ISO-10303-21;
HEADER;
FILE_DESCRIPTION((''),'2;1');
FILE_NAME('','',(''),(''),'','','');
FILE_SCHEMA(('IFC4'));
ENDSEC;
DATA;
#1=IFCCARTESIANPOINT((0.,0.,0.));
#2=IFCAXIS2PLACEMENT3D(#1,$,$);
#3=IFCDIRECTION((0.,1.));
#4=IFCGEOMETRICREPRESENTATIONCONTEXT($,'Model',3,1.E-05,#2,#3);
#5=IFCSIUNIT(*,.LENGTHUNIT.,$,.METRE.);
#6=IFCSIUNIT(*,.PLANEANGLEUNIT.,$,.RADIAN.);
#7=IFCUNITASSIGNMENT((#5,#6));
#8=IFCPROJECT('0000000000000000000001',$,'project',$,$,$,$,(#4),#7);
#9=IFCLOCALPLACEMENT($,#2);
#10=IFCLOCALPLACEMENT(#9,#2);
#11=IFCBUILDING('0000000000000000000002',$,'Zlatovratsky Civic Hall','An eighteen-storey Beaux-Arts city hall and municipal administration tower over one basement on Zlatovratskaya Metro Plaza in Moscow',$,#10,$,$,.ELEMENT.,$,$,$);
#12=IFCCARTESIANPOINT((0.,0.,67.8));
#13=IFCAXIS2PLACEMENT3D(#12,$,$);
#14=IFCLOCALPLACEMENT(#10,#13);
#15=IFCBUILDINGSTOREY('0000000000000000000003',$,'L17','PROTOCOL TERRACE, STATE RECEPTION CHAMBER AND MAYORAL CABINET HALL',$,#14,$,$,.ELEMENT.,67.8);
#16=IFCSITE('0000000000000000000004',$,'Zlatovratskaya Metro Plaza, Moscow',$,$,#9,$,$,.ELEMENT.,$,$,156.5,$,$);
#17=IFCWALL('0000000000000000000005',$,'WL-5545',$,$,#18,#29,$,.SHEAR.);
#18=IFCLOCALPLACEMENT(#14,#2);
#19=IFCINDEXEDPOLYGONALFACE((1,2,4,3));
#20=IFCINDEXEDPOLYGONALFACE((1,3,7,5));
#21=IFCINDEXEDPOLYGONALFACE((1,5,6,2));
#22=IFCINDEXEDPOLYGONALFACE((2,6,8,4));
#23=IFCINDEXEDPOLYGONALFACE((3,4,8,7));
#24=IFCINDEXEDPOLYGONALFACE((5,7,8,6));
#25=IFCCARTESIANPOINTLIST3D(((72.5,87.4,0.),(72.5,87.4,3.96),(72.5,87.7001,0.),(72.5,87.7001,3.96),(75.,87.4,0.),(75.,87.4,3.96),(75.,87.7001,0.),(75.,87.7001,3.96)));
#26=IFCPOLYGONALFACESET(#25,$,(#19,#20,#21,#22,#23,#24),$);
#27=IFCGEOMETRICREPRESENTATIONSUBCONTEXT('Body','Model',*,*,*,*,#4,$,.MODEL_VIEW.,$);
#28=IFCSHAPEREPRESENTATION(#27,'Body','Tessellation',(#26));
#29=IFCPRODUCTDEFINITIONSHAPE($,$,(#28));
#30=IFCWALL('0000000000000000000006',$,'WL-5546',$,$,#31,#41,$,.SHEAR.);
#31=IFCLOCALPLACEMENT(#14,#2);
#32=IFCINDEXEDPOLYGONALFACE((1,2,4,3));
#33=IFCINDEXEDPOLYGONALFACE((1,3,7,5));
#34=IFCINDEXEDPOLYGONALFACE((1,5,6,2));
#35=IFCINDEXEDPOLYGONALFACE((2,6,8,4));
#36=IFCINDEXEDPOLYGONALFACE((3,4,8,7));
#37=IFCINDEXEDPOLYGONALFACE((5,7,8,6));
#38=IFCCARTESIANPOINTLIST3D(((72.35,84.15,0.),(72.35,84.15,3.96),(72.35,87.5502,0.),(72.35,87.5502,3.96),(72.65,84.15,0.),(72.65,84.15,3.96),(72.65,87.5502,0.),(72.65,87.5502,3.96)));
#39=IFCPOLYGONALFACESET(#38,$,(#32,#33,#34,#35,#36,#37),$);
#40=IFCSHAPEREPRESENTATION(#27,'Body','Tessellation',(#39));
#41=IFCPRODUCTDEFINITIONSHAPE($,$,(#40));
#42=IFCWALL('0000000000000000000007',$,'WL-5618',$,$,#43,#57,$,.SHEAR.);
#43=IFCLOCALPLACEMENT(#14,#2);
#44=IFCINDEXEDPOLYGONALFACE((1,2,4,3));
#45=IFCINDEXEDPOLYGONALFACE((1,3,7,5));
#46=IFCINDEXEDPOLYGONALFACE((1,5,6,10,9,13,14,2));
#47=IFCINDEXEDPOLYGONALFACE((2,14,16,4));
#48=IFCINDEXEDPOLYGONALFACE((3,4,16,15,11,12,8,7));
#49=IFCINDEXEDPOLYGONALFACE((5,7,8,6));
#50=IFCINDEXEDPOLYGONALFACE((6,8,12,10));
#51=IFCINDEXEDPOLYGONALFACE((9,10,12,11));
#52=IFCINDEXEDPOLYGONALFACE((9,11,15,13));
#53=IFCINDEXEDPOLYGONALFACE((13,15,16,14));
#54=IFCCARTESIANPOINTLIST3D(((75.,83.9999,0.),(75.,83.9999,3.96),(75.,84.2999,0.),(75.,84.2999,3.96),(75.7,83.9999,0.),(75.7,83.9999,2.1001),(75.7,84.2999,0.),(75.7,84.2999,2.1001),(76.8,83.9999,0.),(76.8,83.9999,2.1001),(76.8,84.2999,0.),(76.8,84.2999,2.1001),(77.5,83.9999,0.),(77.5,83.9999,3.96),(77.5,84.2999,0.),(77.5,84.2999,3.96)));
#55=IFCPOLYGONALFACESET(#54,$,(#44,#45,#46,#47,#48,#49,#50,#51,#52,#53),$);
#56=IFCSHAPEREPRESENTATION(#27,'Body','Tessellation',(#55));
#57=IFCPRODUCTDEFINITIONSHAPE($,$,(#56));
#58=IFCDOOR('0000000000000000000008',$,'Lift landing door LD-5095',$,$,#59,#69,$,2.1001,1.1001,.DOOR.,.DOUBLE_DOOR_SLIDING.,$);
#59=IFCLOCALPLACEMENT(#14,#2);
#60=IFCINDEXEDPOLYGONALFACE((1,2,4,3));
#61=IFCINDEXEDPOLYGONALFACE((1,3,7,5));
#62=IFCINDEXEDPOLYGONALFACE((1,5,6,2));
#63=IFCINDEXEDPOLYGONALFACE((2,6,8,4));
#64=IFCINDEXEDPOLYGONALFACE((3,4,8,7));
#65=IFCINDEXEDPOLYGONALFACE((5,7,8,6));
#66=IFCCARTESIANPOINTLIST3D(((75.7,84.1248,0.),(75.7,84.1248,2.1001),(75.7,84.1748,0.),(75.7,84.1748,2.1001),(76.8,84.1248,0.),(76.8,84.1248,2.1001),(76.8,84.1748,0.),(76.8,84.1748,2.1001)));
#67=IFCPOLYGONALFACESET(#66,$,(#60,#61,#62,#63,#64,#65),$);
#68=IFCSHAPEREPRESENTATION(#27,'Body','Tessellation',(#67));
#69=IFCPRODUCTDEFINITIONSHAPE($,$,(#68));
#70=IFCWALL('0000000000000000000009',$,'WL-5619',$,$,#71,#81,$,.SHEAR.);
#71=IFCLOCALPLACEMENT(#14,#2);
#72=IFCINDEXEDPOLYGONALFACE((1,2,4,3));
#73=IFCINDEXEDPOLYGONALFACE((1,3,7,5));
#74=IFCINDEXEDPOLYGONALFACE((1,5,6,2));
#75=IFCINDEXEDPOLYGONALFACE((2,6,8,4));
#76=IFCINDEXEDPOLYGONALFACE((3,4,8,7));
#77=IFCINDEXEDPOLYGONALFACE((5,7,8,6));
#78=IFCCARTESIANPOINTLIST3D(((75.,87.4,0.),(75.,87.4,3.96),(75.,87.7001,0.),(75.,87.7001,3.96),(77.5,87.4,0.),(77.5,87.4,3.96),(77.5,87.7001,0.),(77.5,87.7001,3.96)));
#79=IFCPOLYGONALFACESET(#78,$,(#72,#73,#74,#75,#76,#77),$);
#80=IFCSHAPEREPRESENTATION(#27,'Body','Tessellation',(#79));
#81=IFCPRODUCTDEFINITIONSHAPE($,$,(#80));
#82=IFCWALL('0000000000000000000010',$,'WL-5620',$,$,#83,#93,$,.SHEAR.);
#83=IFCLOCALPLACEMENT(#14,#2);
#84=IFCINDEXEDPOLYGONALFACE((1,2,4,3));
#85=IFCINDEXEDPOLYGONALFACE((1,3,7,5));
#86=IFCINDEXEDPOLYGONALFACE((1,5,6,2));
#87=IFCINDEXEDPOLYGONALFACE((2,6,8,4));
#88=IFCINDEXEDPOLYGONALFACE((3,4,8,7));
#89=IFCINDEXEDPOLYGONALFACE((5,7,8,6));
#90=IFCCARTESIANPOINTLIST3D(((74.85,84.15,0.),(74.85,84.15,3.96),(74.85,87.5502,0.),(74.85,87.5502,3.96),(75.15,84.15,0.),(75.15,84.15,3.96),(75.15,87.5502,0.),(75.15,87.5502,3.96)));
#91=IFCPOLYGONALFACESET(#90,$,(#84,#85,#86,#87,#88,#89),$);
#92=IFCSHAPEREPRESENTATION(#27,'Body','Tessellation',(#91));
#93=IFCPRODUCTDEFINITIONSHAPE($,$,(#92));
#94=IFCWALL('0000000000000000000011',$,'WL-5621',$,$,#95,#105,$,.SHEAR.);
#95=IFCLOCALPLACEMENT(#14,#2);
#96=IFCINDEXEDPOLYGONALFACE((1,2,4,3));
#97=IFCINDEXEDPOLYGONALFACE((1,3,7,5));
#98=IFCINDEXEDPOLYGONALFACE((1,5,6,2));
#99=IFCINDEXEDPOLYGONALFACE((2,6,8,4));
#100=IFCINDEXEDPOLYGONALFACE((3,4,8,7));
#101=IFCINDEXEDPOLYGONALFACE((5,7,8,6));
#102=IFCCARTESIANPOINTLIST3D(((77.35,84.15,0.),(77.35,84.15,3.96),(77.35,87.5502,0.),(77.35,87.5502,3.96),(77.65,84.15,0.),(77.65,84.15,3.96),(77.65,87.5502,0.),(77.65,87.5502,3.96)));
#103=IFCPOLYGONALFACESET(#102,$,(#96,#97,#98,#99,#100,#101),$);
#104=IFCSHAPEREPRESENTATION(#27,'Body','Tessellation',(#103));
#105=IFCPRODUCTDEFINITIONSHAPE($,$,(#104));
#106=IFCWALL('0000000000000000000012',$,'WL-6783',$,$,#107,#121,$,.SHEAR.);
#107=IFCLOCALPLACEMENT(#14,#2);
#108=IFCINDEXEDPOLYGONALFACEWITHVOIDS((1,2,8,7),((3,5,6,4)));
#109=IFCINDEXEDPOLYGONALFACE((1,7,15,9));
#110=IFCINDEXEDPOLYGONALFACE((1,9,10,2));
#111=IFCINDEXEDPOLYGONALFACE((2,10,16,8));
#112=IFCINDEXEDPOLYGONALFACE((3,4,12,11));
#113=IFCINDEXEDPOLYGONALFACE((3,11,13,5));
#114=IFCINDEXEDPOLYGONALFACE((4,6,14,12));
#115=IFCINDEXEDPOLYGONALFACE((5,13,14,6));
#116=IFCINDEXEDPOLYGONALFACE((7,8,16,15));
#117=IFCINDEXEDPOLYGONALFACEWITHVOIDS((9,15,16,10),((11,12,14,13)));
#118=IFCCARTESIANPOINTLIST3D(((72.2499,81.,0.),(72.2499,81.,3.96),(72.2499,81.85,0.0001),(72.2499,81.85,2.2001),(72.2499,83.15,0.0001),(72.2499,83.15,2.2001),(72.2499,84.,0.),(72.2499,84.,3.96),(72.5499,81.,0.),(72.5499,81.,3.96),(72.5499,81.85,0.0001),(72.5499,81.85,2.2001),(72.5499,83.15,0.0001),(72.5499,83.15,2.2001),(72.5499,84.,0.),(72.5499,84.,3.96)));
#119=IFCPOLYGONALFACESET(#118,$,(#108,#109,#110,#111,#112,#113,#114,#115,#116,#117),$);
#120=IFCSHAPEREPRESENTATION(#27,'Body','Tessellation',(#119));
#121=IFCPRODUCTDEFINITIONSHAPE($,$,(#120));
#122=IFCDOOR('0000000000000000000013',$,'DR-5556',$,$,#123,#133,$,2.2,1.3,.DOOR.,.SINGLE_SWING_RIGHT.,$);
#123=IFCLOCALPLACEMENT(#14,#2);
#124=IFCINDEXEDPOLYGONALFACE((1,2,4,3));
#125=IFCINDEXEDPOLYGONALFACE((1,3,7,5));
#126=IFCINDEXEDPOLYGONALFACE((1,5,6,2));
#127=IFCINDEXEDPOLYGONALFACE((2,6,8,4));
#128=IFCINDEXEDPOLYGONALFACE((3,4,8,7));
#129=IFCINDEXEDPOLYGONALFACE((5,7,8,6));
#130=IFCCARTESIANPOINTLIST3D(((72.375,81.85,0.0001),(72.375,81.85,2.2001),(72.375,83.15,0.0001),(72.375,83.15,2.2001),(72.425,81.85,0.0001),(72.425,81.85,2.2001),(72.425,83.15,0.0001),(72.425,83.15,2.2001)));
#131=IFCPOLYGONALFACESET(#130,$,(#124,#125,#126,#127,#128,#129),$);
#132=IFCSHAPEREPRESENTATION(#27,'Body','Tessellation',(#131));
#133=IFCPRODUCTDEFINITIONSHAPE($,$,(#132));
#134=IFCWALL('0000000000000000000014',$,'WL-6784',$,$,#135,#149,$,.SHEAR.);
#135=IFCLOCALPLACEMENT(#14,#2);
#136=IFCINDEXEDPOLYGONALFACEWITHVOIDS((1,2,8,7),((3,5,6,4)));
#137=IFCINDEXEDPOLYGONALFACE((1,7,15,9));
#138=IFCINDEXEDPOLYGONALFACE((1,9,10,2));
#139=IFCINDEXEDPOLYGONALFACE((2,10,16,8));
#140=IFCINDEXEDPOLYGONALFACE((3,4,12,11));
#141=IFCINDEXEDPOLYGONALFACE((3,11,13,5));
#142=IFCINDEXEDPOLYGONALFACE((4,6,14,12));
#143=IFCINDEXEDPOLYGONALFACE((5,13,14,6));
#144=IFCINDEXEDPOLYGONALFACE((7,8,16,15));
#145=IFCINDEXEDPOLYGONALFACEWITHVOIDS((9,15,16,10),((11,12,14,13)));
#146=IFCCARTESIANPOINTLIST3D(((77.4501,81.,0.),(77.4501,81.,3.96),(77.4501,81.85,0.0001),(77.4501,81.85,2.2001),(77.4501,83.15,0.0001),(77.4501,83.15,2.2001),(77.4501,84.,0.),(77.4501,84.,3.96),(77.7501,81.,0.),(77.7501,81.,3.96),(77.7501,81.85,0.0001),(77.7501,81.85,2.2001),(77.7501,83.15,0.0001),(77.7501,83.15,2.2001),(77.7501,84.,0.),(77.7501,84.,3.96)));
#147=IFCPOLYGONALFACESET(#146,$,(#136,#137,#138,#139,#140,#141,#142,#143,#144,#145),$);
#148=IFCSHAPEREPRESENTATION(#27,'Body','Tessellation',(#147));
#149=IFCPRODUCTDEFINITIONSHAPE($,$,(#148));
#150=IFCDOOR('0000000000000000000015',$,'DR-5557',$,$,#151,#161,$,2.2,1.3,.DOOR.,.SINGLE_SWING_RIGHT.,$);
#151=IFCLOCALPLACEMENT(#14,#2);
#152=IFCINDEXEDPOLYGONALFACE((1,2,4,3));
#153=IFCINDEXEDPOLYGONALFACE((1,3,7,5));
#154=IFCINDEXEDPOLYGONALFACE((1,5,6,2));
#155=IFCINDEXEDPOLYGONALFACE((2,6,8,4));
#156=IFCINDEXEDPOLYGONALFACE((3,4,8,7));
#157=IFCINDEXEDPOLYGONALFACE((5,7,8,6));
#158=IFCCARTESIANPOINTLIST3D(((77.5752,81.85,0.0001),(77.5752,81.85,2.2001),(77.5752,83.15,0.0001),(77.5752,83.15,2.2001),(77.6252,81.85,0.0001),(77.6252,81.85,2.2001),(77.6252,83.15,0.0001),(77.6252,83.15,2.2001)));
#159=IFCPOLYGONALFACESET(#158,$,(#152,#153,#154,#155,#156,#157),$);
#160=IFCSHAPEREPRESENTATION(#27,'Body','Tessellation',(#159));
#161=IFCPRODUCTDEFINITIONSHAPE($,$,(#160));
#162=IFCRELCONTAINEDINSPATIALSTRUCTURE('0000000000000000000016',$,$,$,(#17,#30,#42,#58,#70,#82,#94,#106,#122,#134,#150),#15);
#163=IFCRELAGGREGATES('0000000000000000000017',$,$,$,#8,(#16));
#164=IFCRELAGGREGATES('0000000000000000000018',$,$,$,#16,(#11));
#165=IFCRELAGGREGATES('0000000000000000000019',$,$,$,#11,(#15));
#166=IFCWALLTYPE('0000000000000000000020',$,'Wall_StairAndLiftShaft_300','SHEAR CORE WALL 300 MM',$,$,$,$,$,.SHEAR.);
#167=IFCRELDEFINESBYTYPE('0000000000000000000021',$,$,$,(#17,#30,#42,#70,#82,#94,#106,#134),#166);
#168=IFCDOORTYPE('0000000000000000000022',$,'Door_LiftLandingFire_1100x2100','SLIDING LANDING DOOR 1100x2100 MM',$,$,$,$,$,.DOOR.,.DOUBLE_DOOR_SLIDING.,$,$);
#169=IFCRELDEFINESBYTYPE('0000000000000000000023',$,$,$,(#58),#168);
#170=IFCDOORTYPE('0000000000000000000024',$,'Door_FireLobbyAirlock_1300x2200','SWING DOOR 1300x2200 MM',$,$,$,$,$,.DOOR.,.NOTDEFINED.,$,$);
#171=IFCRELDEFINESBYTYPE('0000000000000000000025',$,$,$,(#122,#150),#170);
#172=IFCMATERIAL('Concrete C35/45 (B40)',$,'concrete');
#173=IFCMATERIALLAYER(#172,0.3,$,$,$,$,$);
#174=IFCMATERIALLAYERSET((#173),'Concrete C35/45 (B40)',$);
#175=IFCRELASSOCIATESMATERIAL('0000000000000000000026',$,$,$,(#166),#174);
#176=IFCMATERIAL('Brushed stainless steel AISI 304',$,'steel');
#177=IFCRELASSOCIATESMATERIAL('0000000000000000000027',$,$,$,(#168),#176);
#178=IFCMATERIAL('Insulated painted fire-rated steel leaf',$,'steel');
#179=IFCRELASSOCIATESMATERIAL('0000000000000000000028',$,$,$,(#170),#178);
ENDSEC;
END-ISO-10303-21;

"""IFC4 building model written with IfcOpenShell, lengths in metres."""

from ifc_helpers import new_model, si_unit, direction, frame, frame_2d, origin, place, context, subcontext, project, spatial, rectangle, extrude, material, layer, layer_set, type_object, element, fill, save


model = new_model("IFC4")

# Units and contexts
model_context = context("Model", 3, precision=1e-05, world=origin(), true_north=direction((0.0, 1.0)))
body_context = subcontext(model_context, "Body", "Model", "MODEL_VIEW")
ifc_project = project(units=[si_unit("LENGTHUNIT", "METRE"), si_unit("PLANEANGLEUNIT", "RADIAN")], contexts=[model_context])

# Site, building, storey
site_placement = place(None, origin())
site = spatial("IfcSite", under=ifc_project, at=site_placement, Name="Zlatovratskaya Metro Plaza, Moscow", CompositionType="ELEMENT", RefElevation=156.5)
building_placement = place(site_placement, origin())
building = spatial("IfcBuilding", under=site, at=building_placement, Name="Zlatovratsky Civic Hall", Description="An eighteen-storey Beaux-Arts city hall and municipal administration tower over one basement on Zlatovratskaya Metro Plaza in Moscow", CompositionType="ELEMENT")
storey_placement = place(building_placement, frame((0.0, 0.0, 67.8)))
storey = spatial("IfcBuildingStorey", under=building, at=storey_placement, Name="L17", Description="PROTOCOL TERRACE, STATE RECEPTION CHAMBER AND MAYORAL CABINET HALL", CompositionType="ELEMENT", Elevation=67.8)

# Shared definitions
ifc_material_1 = material(Name="Concrete C35/45 (B40)", Category="concrete")

# Shared definitions
ifc_layer_1 = layer(ifc_material_1, 0.3)
ifc_layer_set_1 = layer_set([ifc_layer_1], Name="Concrete C35/45 (B40)")
wall_type_1 = type_object("IfcWallType", Name="Wall_StairAndLiftShaft_300", Description="SHEAR CORE WALL 300 MM", PredefinedType="SHEAR", material=ifc_layer_set_1)
ifc_material_2 = material(Name="Brushed stainless steel AISI 304", Category="steel")
door_type_1 = type_object("IfcDoorType", Name="Door_LiftLandingFire_1100x2100", Description="SLIDING LANDING DOOR 1100x2100 MM", OperationType="DOUBLE_DOOR_SLIDING", PredefinedType="DOOR", material=ifc_material_2)

# Walls
wall_1_placement = place(storey_placement, frame((72.5, 87.55, 0.0), z_axis=(0.0, 0.0, 1.0), x_axis=(1.0, 0.0, 0.0)))
element("IfcWall", 1, at=wall_1_placement, inside=storey, type_object=wall_type_1, Name="WL-5545", PredefinedType="SHEAR", context=body_context, shape_type="SweptSolid", body=[
    extrude(rectangle(XDim=2.5, YDim=0.3, at=frame_2d((1.25, 0.0))), origin(), (0.0, 0.0, 1.0), 3.96),
])
wall_2_placement = place(storey_placement, frame((72.5, 84.1499, 0.0), z_axis=(0.0, 0.0, 1.0), x_axis=(0.0, 1.0, 0.0)))
element("IfcWall", 2, at=wall_2_placement, inside=storey, type_object=wall_type_1, Name="WL-5546", PredefinedType="SHEAR", context=body_context, shape_type="SweptSolid", body=[
    extrude(rectangle(XDim=3.4001, YDim=0.3, at=frame_2d((1.7002, 0.0))), origin(), (0.0, 0.0, 1.0), 3.96),
])

# Wall, opening, door
wall_3_placement = place(storey_placement, frame((75.0, 84.1499, 0.0), z_axis=(0.0, 0.0, 1.0), x_axis=(1.0, 0.0, 0.0)))
wall_3 = element("IfcWall", 3, at=wall_3_placement, inside=storey, type_object=wall_type_1, Name="WL-5618", PredefinedType="SHEAR", context=body_context, shape_type="SweptSolid", body=[
    extrude(rectangle(XDim=2.5, YDim=0.3, at=frame_2d((1.25, 0.0))), origin(), (0.0, 0.0, 1.0), 3.96),
])
opening_1_placement = place(wall_3_placement, frame((0.7, 0.0, 0.0)))
opening_1 = element("IfcOpeningElement", 4, at=opening_1_placement, cuts=wall_3, PredefinedType="OPENING", context=body_context, shape_type="SweptSolid", body=[
    extrude(rectangle(XDim=1.1001, YDim=2.1001, at=frame_2d((0.55, 1.05))), frame((0.0, 0.165, 0.0), z_axis=(0.0, -1.0, 0.0), x_axis=(1.0, 0.0, 0.0)), (0.0, 0.0, 1.0), 0.3298),
])
door_1_placement = place(opening_1_placement, origin())
door_1 = element("IfcDoor", 5, at=door_1_placement, inside=storey, type_object=door_type_1, Name="Lift landing door LD-5095", OperationType="DOUBLE_DOOR_SLIDING", OverallHeight=2.1001, OverallWidth=1.1001, PredefinedType="DOOR", context=body_context, shape_type="SweptSolid", body=[
    extrude(rectangle(XDim=1.1001, YDim=2.1001, at=frame_2d((0.55, 1.05))), frame((0.0, 0.0249, 0.0), z_axis=(0.0, -1.0, 0.0), x_axis=(1.0, 0.0, 0.0)), (0.0, 0.0, 1.0), 0.05),
])
fill(opening_1, door_1)

# Walls
wall_4_placement = place(storey_placement, frame((75.0, 87.55, 0.0), z_axis=(0.0, 0.0, 1.0), x_axis=(1.0, 0.0, 0.0)))
element("IfcWall", 6, at=wall_4_placement, inside=storey, type_object=wall_type_1, Name="WL-5619", PredefinedType="SHEAR", context=body_context, shape_type="SweptSolid", body=[
    extrude(rectangle(XDim=2.5, YDim=0.3, at=frame_2d((1.25, 0.0))), origin(), (0.0, 0.0, 1.0), 3.96),
])
for number, where, z_axis, x_axis, name in (
    (7, (75.0, 84.1499, 0.0), (0.0, 0.0, 1.0), (0.0, 1.0, 0.0), "WL-5620"),
    (8, (77.5, 84.1499, 0.0), (0.0, 0.0, 1.0), (0.0, 1.0, 0.0), "WL-5621"),
):
    element("IfcWall", number, at=place(storey_placement, frame(where, z_axis=z_axis, x_axis=x_axis)), inside=storey, type_object=wall_type_1, Name=name, PredefinedType="SHEAR", context=body_context, shape_type="SweptSolid", body=[
        extrude(rectangle(XDim=3.4001, YDim=0.3, at=frame_2d((1.7002, 0.0))), origin(), (0.0, 0.0, 1.0), 3.96),
    ])

# Walls, openings, doors
wall_5_placement = place(storey_placement, frame((72.3999, 81.0, 0.0), z_axis=(0.0, 0.0, 1.0), x_axis=(0.0, 1.0, 0.0)))
wall_5 = element("IfcWall", 9, at=wall_5_placement, inside=storey, type_object=wall_type_1, Name="WL-6783", PredefinedType="SHEAR", context=body_context, shape_type="SweptSolid", body=[
    extrude(rectangle(XDim=3.0, YDim=0.3, at=frame_2d((1.5, 0.0))), origin(), (0.0, 0.0, 1.0), 3.96),
])
opening_2_placement = place(wall_5_placement, frame((0.8501, 0.0, 0.0)))
opening_2 = element("IfcOpeningElement", 10, at=opening_2_placement, cuts=wall_5, PredefinedType="OPENING", context=body_context, shape_type="SweptSolid", body=[
    extrude(rectangle(XDim=1.3, YDim=2.2, at=frame_2d((0.6499, 1.1001))), frame((0.0, 0.165, 0.0), z_axis=(0.0, -1.0, 0.0), x_axis=(1.0, 0.0, 0.0)), (0.0, 0.0, 1.0), 0.3298),
])
ifc_material_3 = material(Name="Insulated painted fire-rated steel leaf", Category="steel")
door_type_2 = type_object("IfcDoorType", Name="Door_FireLobbyAirlock_1300x2200", Description="SWING DOOR 1300x2200 MM", OperationType="NOTDEFINED", PredefinedType="DOOR", material=ifc_material_3)
door_2_placement = place(opening_2_placement, origin())
door_2 = element("IfcDoor", 11, at=door_2_placement, inside=storey, type_object=door_type_2, Name="DR-5556", OperationType="SINGLE_SWING_RIGHT", OverallHeight=2.2, OverallWidth=1.3, PredefinedType="DOOR", context=body_context, shape_type="SweptSolid", body=[
    extrude(rectangle(XDim=1.3, YDim=2.2, at=frame_2d((0.6499, 1.1001))), frame((0.0, 0.0249, 0.0), z_axis=(0.0, -1.0, 0.0), x_axis=(1.0, 0.0, 0.0)), (0.0, 0.0, 1.0), 0.05),
])
fill(opening_2, door_2)
wall_6_placement = place(storey_placement, frame((77.6001, 81.0, 0.0), z_axis=(0.0, 0.0, 1.0), x_axis=(0.0, 1.0, 0.0)))
wall_6 = element("IfcWall", 12, at=wall_6_placement, inside=storey, type_object=wall_type_1, Name="WL-6784", PredefinedType="SHEAR", context=body_context, shape_type="SweptSolid", body=[
    extrude(rectangle(XDim=3.0, YDim=0.3, at=frame_2d((1.5, 0.0))), origin(), (0.0, 0.0, 1.0), 3.96),
])
opening_3_placement = place(wall_6_placement, frame((0.8501, 0.0, 0.0)))
opening_3 = element("IfcOpeningElement", 13, at=opening_3_placement, cuts=wall_6, PredefinedType="OPENING", context=body_context, shape_type="SweptSolid", body=[
    extrude(rectangle(XDim=1.3, YDim=2.2, at=frame_2d((0.6499, 1.1001))), frame((0.0, 0.165, 0.0), z_axis=(0.0, -1.0, 0.0), x_axis=(1.0, 0.0, 0.0)), (0.0, 0.0, 1.0), 0.3298),
])
door_3_placement = place(opening_3_placement, origin())
door_3 = element("IfcDoor", 14, at=door_3_placement, inside=storey, type_object=door_type_2, Name="DR-5557", OperationType="SINGLE_SWING_RIGHT", OverallHeight=2.2, OverallWidth=1.3, PredefinedType="DOOR", context=body_context, shape_type="SweptSolid", body=[
    extrude(rectangle(XDim=1.3, YDim=2.2, at=frame_2d((0.6499, 1.1001))), frame((0.0, 0.0249, 0.0), z_axis=(0.0, -1.0, 0.0), x_axis=(1.0, 0.0, 0.0)), (0.0, 0.0, 1.0), 0.05),
])
fill(opening_3, door_3)

save(model, "model.ifc")
